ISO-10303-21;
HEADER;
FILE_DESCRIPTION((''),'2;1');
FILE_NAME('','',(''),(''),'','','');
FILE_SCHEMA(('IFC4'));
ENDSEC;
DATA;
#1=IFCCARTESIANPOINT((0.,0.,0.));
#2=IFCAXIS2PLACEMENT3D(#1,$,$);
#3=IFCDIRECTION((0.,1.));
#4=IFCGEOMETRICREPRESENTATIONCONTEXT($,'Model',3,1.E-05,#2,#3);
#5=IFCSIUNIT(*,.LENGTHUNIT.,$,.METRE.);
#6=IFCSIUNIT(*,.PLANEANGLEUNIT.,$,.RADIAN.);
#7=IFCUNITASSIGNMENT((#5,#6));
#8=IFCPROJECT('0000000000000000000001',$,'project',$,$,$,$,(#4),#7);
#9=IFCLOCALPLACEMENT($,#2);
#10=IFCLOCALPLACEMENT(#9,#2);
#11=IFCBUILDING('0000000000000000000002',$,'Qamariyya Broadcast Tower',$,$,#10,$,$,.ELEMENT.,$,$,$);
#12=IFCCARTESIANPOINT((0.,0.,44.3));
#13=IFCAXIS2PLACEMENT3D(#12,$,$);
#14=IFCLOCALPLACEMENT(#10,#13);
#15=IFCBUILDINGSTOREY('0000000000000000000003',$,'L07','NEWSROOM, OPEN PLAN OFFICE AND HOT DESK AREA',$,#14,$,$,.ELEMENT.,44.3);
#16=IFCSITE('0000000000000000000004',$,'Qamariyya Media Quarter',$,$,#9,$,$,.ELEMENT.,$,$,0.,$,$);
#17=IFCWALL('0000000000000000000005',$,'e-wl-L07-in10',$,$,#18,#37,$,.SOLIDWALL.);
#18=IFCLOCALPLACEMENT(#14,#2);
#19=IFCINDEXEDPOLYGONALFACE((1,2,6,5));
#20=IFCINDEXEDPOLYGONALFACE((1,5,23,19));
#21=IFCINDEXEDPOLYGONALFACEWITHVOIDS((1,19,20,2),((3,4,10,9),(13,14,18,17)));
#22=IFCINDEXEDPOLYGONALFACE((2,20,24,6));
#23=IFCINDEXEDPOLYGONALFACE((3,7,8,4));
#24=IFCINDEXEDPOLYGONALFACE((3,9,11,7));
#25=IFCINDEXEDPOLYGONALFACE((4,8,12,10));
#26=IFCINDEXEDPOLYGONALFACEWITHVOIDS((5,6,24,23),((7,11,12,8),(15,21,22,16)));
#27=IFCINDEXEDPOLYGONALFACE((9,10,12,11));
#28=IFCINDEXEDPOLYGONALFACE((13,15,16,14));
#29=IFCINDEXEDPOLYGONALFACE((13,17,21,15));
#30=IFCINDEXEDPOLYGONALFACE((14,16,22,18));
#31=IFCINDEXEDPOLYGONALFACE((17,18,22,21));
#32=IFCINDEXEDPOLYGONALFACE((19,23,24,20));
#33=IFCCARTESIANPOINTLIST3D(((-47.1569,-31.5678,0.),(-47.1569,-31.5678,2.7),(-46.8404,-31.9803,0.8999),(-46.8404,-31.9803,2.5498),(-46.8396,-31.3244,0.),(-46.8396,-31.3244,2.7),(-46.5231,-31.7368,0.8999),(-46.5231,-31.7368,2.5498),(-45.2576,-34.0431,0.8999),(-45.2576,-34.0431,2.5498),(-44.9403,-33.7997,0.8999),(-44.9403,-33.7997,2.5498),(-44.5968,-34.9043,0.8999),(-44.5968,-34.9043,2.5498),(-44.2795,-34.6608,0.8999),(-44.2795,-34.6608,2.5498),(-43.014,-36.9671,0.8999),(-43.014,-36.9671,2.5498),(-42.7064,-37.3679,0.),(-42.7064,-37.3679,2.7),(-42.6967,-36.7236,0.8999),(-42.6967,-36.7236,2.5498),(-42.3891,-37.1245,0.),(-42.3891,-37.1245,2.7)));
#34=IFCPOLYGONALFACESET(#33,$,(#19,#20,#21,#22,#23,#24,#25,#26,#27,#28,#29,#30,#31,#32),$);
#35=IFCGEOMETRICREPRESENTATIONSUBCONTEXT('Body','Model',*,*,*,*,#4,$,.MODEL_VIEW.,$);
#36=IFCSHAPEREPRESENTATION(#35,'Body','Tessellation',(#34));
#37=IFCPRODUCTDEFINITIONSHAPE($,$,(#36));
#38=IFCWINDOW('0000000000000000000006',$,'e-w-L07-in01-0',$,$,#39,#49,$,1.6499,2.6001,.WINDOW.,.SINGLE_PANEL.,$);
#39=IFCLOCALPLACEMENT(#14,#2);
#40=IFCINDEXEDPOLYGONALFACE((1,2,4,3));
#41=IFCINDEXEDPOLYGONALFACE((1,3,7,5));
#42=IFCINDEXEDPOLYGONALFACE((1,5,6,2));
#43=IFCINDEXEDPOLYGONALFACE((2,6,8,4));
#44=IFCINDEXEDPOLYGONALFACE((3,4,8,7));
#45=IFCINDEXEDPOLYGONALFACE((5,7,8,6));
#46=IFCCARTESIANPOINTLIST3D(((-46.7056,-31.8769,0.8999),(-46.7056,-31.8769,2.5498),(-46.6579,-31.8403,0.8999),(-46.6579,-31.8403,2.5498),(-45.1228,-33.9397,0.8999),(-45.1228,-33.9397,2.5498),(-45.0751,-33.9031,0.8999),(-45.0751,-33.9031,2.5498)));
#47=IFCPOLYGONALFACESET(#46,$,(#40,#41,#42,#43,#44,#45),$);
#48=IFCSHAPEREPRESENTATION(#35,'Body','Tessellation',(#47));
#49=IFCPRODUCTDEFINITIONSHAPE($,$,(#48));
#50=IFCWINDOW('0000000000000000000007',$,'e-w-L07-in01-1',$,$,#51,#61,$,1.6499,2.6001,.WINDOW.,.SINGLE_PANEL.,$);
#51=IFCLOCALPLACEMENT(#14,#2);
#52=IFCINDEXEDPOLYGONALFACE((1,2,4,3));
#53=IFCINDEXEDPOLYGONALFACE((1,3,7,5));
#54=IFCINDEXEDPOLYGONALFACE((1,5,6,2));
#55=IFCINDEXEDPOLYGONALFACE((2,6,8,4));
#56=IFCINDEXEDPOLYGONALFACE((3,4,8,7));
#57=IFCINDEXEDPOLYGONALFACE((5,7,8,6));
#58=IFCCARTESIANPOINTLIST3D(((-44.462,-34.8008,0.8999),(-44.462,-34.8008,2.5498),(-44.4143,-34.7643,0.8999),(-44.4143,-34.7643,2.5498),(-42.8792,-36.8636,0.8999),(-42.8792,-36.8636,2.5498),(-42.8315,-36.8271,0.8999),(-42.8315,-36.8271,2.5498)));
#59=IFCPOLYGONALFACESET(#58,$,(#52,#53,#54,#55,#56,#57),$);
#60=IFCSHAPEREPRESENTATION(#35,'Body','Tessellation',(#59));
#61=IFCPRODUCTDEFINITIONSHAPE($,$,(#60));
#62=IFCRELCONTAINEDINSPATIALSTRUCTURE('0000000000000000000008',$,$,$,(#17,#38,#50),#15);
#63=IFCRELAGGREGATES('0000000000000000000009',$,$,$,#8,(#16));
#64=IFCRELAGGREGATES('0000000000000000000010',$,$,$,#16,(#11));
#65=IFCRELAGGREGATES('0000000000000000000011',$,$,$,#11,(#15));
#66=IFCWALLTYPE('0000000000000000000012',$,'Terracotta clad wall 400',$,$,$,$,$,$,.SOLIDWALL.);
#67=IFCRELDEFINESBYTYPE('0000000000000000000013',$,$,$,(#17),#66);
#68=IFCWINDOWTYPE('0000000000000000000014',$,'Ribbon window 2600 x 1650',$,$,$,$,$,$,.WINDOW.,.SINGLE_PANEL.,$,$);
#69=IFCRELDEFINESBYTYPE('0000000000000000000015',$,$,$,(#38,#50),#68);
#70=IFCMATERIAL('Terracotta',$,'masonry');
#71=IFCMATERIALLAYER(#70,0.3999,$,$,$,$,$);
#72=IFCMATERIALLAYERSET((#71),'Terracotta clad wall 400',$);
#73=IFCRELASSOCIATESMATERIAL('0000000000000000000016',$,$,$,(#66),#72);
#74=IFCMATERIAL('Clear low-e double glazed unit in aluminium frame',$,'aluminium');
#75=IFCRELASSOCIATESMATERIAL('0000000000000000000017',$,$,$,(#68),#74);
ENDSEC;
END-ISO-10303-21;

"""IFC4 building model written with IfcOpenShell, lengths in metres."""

from ifc_helpers import new_model, si_unit, direction, frame, frame_2d, origin, place, context, subcontext, project, spatial, rectangle, extrude, material, layer, layer_set, type_object, element, fill, save


model = new_model("IFC4")

# Units and contexts
model_context = context("Model", 3, precision=1e-05, world=origin(), true_north=direction((0.0, 1.0)))
body_context = subcontext(model_context, "Body", "Model", "MODEL_VIEW")
ifc_project = project(units=[si_unit("LENGTHUNIT", "METRE"), si_unit("PLANEANGLEUNIT", "RADIAN")], contexts=[model_context])

# Site, building, storey
site_placement = place(None, origin())
site = spatial("IfcSite", under=ifc_project, at=site_placement, Name="Qamariyya Media Quarter", CompositionType="ELEMENT", RefElevation=0.0)
building_placement = place(site_placement, origin())
building = spatial("IfcBuilding", under=site, at=building_placement, Name="Qamariyya Broadcast Tower", CompositionType="ELEMENT")
storey_placement = place(building_placement, frame((0.0, 0.0, 44.3)))
storey = spatial("IfcBuildingStorey", under=building, at=storey_placement, Name="L07", Description="NEWSROOM, OPEN PLAN OFFICE AND HOT DESK AREA", CompositionType="ELEMENT", Elevation=44.3)

# Shared definitions
ifc_material_1 = material(Name="Terracotta", Category="masonry")
ifc_layer = layer(ifc_material_1, 0.3999)
ifc_layer_set = layer_set([ifc_layer], Name="Terracotta clad wall 400")
wall_type = type_object("IfcWallType", Name="Terracotta clad wall 400", PredefinedType="SOLIDWALL", material=ifc_layer_set)
ifc_material_2 = material(Name="Clear low-e double glazed unit in aluminium frame", Category="aluminium")

# Wall, openings, windows
wall_1_placement = place(storey_placement, frame((-42.5479, -37.2461, 0.0), z_axis=(0.0, 0.0, 1.0), x_axis=(-0.608753, 0.79336, 0.0)))
wall_1 = element("IfcWall", 1, at=wall_1_placement, inside=storey, type_object=wall_type, Name="e-wl-L07-in10", PredefinedType="SOLIDWALL", context=body_context, shape_type="SweptSolid", body=[
    extrude(rectangle(XDim=7.3108, YDim=0.3999, at=frame_2d((3.6553, 0.0))), origin(), (0.0, 0.0, 1.0), 2.7),
])
opening_1_placement = place(wall_1_placement, frame((4.1907, 0.0, 0.8999)))
opening_1 = element("IfcOpeningElement", 2, at=opening_1_placement, cuts=wall_1, PredefinedType="OPENING", context=body_context, shape_type="SweptSolid", body=[
    extrude(rectangle(XDim=2.6001, YDim=1.6499, at=frame_2d((1.3, 0.825))), frame((0.0, 0.21, 0.0), z_axis=(0.0, -1.0, 0.0), x_axis=(1.0, 0.0, 0.0)), (0.0, 0.0, 1.0), 0.4199),
])
opening_2_placement = place(wall_1_placement, frame((0.5051, 0.0, 0.8999)))
opening_2 = element("IfcOpeningElement", 3, at=opening_2_placement, cuts=wall_1, PredefinedType="OPENING", context=body_context, shape_type="SweptSolid", body=[
    extrude(rectangle(XDim=2.6001, YDim=1.6499, at=frame_2d((1.3, 0.825))), frame((0.0, 0.21, 0.0), z_axis=(0.0, -1.0, 0.0), x_axis=(1.0, 0.0, 0.0)), (0.0, 0.0, 1.0), 0.4199),
])
window_type_1 = type_object("IfcWindowType", Name="Ribbon window 2600 x 1650", PartitioningType="SINGLE_PANEL", PredefinedType="WINDOW", material=ifc_material_2)
window_1_placement = place(opening_1_placement, origin())
window_1 = element("IfcWindow", 4, at=window_1_placement, inside=storey, type_object=window_type_1, Name="e-w-L07-in01-0", OverallHeight=1.6499, OverallWidth=2.6001, PartitioningType="SINGLE_PANEL", PredefinedType="WINDOW", context=body_context, shape_type="SweptSolid", body=[
    extrude(rectangle(XDim=2.6001, YDim=1.6499, at=frame_2d((1.3, 0.825))), frame((0.0, 0.03, 0.0), z_axis=(0.0, -1.0, 0.0), x_axis=(1.0, 0.0, 0.0)), (0.0, 0.0, 1.0), 0.0601),
])
fill(opening_1, window_1)
window_2_placement = place(opening_2_placement, origin())
window_2 = element("IfcWindow", 5, at=window_2_placement, inside=storey, type_object=window_type_1, Name="e-w-L07-in01-1", OverallHeight=1.6499, OverallWidth=2.6001, PartitioningType="SINGLE_PANEL", PredefinedType="WINDOW", context=body_context, shape_type="SweptSolid", body=[
    extrude(rectangle(XDim=2.6001, YDim=1.6499, at=frame_2d((1.3, 0.825))), frame((0.0, 0.03, 0.0), z_axis=(0.0, -1.0, 0.0), x_axis=(1.0, 0.0, 0.0)), (0.0, 0.0, 1.0), 0.0601),
])
fill(opening_2, window_2)

save(model, "model.ifc")
